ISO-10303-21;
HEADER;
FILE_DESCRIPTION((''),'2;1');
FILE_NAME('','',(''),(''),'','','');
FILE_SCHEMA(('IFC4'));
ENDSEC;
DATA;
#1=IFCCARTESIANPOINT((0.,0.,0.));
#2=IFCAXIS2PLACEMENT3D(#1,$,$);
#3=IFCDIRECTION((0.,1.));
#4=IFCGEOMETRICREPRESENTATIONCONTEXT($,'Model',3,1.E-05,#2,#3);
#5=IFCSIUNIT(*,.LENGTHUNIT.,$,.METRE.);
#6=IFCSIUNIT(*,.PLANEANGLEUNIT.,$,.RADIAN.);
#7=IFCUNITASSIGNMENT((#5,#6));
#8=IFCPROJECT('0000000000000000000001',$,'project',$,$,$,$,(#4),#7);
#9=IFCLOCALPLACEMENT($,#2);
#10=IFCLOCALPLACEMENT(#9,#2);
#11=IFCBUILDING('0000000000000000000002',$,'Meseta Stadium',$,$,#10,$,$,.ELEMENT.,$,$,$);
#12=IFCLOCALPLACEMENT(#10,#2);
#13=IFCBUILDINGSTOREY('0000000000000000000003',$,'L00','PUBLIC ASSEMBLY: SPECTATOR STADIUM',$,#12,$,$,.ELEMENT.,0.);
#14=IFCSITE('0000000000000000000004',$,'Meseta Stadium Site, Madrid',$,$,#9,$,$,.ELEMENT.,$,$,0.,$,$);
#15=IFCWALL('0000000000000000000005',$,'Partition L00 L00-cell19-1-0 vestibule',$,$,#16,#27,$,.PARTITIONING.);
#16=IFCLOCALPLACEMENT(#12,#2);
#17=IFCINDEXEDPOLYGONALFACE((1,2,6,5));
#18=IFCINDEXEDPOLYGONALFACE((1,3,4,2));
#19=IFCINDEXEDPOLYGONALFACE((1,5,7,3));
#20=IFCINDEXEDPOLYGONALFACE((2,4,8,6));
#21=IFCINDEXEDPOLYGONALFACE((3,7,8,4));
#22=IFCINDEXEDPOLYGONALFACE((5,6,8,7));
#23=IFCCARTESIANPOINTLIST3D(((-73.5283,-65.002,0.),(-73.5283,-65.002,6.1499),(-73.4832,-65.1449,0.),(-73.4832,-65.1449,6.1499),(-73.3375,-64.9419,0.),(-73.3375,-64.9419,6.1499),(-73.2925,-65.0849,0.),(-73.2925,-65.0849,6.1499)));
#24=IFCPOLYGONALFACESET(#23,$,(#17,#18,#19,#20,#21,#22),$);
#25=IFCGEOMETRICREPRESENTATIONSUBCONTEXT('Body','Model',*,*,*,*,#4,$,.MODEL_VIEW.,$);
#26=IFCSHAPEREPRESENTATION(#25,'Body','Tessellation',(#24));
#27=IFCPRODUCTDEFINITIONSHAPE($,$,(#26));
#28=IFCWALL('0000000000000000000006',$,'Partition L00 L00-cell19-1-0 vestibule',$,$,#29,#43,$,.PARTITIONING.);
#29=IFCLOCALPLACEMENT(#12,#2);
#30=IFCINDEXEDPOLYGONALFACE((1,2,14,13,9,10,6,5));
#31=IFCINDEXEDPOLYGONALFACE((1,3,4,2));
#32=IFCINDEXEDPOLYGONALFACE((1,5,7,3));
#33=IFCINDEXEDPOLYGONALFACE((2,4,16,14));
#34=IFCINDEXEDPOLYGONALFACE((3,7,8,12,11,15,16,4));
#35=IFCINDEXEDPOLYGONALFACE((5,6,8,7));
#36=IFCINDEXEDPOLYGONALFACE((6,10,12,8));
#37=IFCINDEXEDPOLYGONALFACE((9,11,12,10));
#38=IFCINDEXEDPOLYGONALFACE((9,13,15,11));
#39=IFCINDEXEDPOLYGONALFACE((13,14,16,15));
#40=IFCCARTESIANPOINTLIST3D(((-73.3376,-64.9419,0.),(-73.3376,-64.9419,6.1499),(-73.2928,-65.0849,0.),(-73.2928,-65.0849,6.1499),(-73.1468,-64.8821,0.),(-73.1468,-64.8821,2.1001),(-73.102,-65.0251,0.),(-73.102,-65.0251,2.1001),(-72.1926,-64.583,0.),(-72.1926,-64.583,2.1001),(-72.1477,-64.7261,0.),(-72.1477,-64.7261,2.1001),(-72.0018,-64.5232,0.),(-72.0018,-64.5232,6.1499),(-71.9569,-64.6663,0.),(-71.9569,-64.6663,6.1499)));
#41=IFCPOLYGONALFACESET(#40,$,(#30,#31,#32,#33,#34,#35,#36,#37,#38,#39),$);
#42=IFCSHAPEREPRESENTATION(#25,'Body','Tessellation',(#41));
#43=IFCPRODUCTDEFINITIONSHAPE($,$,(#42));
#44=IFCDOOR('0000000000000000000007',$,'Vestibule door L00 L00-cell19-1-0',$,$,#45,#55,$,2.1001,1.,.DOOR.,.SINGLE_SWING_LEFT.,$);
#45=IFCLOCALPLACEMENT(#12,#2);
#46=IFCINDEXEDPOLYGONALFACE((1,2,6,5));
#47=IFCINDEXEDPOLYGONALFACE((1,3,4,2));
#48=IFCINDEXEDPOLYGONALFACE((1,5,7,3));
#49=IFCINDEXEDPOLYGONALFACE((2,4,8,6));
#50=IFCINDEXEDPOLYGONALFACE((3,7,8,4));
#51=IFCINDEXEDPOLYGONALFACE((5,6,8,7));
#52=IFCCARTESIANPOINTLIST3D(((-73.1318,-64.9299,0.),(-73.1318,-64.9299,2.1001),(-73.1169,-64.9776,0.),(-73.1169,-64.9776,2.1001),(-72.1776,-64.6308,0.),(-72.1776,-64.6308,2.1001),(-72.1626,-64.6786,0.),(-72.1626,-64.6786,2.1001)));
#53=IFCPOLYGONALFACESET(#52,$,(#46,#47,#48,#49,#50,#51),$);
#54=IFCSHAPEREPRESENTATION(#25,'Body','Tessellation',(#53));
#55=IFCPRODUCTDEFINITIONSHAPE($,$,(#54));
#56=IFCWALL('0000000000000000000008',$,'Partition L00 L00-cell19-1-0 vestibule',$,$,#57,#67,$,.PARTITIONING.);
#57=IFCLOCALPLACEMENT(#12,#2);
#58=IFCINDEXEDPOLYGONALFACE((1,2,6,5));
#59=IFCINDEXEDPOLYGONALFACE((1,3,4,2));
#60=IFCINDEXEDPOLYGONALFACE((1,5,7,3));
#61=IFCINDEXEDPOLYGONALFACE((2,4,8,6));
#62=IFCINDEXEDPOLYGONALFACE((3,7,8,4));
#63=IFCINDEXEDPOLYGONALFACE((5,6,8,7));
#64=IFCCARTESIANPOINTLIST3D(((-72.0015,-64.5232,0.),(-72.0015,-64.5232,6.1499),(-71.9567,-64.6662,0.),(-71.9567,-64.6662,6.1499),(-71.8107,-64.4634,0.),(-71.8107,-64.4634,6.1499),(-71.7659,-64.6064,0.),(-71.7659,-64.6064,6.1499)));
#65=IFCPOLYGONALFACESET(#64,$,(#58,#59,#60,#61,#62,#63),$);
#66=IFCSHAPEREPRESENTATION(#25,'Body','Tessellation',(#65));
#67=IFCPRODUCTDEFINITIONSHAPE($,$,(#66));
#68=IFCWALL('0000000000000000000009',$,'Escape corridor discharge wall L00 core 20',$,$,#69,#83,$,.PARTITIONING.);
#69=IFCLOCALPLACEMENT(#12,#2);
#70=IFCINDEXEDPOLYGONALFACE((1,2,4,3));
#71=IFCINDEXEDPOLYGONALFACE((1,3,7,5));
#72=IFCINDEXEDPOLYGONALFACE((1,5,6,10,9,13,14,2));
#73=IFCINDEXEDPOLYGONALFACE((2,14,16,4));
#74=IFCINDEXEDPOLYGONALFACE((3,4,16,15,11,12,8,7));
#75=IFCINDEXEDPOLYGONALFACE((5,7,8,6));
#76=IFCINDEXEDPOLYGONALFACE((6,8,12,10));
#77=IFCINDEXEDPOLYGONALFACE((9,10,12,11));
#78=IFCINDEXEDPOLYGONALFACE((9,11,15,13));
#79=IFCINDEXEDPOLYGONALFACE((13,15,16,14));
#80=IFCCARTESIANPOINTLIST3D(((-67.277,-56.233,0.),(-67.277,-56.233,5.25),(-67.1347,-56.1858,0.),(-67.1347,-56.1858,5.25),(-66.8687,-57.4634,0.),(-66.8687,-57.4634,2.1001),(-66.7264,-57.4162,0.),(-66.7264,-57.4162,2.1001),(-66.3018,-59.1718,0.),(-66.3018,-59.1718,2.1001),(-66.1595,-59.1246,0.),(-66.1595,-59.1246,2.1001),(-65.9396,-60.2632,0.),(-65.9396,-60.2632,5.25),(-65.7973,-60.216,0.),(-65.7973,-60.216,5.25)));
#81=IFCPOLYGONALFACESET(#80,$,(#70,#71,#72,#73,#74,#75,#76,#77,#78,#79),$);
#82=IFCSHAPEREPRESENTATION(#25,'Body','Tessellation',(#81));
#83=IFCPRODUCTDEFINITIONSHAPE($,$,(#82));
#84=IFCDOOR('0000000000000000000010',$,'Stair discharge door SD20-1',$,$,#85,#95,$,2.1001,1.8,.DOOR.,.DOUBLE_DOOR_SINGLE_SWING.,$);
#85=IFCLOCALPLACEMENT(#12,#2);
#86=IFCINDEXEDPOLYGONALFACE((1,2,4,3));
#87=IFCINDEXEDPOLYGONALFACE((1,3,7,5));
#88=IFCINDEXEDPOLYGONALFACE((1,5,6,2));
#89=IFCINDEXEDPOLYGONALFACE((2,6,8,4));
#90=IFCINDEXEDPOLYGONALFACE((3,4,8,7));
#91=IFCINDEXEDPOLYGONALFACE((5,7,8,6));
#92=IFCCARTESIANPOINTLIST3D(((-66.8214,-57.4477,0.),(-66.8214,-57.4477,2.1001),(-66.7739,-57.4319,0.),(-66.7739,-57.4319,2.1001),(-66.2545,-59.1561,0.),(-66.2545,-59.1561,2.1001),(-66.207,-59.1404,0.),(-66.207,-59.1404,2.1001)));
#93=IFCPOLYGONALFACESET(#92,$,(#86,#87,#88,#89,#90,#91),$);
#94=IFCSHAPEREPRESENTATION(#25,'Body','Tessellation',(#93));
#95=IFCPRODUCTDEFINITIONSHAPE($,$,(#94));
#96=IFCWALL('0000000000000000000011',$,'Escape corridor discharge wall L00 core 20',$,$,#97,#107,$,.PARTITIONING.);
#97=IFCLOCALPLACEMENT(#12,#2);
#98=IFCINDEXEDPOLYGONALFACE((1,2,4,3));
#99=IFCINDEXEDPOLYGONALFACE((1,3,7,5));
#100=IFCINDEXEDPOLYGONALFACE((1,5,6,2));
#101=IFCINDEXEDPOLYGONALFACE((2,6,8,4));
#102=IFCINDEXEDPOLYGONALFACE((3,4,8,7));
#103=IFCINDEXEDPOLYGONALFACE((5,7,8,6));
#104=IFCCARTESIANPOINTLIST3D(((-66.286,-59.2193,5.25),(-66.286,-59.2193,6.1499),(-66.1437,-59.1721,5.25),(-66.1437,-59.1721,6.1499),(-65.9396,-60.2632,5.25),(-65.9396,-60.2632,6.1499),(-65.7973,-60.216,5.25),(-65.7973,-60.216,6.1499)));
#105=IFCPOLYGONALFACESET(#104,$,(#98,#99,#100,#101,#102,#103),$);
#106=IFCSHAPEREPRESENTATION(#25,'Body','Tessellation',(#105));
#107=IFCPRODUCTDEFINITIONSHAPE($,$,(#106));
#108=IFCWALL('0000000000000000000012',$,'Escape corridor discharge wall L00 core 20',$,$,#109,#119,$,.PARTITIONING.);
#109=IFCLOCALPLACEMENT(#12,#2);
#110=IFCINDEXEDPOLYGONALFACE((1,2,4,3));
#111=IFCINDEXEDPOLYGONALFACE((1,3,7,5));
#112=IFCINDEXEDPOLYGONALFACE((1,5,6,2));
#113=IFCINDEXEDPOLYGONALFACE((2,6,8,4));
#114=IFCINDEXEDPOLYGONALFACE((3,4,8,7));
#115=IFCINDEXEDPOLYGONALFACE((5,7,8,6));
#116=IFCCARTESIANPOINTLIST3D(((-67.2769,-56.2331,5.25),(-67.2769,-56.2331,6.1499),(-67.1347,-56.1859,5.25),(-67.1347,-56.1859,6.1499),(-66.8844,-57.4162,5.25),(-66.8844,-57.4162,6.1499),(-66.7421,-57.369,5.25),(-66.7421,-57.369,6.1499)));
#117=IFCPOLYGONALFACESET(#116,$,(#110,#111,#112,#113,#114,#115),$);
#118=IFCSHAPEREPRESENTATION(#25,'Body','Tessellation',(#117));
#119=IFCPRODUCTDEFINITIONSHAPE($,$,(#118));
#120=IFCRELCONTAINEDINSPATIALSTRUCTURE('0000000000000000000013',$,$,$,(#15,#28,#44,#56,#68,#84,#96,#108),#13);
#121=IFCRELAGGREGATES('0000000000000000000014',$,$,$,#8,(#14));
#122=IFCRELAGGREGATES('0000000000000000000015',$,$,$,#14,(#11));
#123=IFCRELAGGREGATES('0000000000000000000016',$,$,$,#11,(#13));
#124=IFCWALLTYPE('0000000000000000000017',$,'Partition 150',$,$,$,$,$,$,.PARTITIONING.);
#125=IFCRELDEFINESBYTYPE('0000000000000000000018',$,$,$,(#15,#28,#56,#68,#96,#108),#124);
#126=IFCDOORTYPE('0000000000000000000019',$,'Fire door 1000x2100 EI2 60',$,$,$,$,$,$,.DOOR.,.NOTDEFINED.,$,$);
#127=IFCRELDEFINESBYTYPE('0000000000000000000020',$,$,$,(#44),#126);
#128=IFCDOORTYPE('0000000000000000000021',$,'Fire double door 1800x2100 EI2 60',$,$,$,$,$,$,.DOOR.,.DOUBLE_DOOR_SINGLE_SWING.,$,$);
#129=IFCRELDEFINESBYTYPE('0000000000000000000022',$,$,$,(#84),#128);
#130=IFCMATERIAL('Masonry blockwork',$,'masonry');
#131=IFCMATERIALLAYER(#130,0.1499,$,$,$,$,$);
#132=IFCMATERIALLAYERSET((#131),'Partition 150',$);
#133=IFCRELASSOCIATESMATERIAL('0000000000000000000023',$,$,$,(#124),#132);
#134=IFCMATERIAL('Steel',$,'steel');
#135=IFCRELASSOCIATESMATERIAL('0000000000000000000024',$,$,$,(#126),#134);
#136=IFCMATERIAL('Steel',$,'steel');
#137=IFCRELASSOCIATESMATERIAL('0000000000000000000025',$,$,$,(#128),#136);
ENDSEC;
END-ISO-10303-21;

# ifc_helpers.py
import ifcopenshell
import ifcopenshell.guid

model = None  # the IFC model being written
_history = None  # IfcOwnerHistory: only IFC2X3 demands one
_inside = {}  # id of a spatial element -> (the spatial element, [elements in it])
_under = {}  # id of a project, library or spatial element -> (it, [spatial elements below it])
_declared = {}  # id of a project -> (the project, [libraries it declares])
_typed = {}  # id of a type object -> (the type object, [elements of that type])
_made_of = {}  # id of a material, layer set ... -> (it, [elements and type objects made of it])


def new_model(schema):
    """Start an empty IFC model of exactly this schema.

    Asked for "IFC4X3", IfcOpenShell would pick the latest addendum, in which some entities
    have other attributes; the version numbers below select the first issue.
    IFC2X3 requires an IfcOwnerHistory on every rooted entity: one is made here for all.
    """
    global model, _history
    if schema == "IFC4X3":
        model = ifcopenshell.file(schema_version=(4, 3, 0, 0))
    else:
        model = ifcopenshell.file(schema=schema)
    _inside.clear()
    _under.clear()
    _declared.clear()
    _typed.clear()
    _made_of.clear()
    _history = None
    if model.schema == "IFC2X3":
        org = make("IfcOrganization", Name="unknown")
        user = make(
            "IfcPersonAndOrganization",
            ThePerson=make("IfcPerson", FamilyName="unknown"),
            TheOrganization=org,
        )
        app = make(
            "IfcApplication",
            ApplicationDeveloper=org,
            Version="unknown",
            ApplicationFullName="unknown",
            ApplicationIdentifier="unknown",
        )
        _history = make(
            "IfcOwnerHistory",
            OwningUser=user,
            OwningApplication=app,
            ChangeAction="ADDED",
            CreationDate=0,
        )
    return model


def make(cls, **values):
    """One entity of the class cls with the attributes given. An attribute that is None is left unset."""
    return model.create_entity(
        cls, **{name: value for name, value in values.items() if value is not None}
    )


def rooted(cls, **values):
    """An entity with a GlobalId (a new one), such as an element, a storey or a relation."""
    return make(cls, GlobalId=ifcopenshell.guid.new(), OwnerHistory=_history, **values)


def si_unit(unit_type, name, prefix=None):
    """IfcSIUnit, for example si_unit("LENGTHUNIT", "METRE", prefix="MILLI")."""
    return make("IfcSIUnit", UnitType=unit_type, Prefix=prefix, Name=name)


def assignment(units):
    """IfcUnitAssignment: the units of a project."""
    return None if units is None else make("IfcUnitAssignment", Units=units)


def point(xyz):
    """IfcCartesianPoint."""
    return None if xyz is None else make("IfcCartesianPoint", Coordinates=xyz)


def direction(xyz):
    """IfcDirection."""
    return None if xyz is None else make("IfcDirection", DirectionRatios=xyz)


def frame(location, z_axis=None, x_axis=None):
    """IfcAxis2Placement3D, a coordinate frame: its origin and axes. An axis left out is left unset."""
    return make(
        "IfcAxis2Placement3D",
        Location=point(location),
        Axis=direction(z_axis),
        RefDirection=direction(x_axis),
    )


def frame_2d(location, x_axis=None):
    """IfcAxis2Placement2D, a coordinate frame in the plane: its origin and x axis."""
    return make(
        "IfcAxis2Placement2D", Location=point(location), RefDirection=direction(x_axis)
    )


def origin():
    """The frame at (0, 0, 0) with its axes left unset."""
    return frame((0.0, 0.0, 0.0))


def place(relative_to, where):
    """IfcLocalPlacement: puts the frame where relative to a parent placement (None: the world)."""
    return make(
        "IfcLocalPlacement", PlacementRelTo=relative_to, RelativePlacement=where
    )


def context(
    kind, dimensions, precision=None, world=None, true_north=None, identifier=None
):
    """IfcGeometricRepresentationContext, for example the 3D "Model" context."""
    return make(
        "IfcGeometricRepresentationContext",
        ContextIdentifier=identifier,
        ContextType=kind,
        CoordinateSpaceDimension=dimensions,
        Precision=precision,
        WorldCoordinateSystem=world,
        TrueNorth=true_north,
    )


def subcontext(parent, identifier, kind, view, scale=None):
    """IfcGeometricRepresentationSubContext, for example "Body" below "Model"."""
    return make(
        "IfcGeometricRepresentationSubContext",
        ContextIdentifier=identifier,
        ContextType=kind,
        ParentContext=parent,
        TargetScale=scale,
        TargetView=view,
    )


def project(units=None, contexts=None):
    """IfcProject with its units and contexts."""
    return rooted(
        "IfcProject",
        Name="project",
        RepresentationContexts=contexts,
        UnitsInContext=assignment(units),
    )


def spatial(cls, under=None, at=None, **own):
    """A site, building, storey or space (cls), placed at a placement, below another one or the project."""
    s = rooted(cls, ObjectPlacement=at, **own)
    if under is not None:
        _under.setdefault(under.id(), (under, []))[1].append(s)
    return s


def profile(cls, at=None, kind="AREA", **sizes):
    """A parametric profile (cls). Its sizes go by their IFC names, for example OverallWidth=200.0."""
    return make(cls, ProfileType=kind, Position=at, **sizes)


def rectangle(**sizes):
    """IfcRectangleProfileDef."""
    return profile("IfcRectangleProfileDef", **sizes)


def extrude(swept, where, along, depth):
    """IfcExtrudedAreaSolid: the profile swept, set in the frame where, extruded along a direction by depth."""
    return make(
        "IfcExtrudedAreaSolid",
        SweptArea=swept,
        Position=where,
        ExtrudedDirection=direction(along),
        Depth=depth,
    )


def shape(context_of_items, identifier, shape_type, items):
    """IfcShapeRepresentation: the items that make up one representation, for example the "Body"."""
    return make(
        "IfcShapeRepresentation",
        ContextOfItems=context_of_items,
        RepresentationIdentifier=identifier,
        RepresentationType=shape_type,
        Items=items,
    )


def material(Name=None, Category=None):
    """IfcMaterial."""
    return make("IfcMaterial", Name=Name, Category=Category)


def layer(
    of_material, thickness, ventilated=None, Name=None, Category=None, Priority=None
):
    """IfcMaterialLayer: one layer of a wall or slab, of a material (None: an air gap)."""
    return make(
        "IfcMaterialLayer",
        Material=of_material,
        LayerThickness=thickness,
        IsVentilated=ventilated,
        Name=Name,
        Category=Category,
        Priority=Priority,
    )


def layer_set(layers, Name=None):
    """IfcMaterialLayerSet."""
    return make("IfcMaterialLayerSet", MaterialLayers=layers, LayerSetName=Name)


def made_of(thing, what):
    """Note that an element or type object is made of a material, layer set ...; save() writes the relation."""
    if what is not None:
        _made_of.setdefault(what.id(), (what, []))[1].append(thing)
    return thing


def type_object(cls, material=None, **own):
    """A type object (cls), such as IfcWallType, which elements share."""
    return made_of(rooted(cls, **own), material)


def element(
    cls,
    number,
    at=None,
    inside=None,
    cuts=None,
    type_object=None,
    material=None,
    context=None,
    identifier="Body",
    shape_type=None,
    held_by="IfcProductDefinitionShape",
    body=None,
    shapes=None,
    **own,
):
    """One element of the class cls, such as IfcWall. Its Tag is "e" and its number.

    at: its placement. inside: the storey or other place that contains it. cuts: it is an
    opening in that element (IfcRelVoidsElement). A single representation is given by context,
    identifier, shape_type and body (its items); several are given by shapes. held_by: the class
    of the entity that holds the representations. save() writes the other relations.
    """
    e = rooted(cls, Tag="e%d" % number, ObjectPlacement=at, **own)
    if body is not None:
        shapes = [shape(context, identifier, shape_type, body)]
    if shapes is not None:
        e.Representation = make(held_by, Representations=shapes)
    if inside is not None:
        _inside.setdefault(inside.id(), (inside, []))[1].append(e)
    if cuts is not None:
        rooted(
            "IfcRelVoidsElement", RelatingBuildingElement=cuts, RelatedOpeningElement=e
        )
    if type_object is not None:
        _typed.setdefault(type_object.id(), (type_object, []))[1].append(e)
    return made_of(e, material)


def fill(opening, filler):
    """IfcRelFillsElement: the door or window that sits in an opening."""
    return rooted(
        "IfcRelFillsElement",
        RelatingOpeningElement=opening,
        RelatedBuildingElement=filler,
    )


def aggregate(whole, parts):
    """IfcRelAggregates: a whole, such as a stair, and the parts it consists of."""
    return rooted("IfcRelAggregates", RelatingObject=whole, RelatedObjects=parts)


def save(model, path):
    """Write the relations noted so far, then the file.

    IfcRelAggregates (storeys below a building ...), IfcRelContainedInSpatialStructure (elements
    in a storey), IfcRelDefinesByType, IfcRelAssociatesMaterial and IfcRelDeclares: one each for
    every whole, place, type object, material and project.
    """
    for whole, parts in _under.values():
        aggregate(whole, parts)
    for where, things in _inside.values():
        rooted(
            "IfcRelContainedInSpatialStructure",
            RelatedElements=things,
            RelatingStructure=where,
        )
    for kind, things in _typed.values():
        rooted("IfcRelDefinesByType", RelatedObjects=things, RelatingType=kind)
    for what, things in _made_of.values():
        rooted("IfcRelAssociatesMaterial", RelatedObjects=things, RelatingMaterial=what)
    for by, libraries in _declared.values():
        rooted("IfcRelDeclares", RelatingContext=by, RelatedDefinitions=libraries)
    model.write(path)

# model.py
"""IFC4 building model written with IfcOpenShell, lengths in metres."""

from ifc_helpers import new_model, si_unit, direction, frame, frame_2d, origin, place, context, subcontext, project, spatial, rectangle, extrude, material, layer, layer_set, type_object, element, fill, save


model = new_model("IFC4")

# Units and contexts
model_context = context("Model", 3, precision=1e-05, world=origin(), true_north=direction((0.0, 1.0)))
body_context = subcontext(model_context, "Body", "Model", "MODEL_VIEW")
ifc_project = project(units=[si_unit("LENGTHUNIT", "METRE"), si_unit("PLANEANGLEUNIT", "RADIAN")], contexts=[model_context])

# Site, building, storey
site_placement = place(None, origin())
site = spatial("IfcSite", under=ifc_project, at=site_placement, Name="Meseta Stadium Site, Madrid", CompositionType="ELEMENT", RefElevation=0.0)
building_placement = place(site_placement, origin())
building = spatial("IfcBuilding", under=site, at=building_placement, Name="Meseta Stadium", CompositionType="ELEMENT")
storey_placement = place(building_placement, origin())
storey = spatial("IfcBuildingStorey", under=building, at=storey_placement, Name="L00", Description="PUBLIC ASSEMBLY: SPECTATOR STADIUM", CompositionType="ELEMENT", Elevation=0.0)

# Wall
ifc_material_1 = material(Name="Masonry blockwork", Category="masonry")
ifc_layer = layer(ifc_material_1, 0.1499)
ifc_layer_set = layer_set([ifc_layer], Name="Partition 150")
wall_type = type_object("IfcWallType", Name="Partition 150", PredefinedType="PARTITIONING", material=ifc_layer_set)
wall_1_placement = place(storey_placement, frame((-73.5059, -65.0735, 0.0), z_axis=(0.0, 0.0, 1.0), x_axis=(0.953804, 0.30043, 0.0)))
element("IfcWall", 1, at=wall_1_placement, inside=storey, type_object=wall_type, Name="Partition L00 L00-cell19-1-0 vestibule", PredefinedType="PARTITIONING", context=body_context, shape_type="SweptSolid", body=[
    extrude(rectangle(XDim=0.2, YDim=0.1499, at=frame_2d((0.1001, 0.0))), origin(), (0.0, 0.0, 1.0), 6.1499),
])

# Wall, opening, door
wall_2_placement = place(storey_placement, frame((-73.3152, -65.0134, 0.0), z_axis=(0.0, 0.0, 1.0), x_axis=(0.954231, 0.299069, 0.0)))
wall_2 = element("IfcWall", 2, at=wall_2_placement, inside=storey, type_object=wall_type, Name="Partition L00 L00-cell19-1-0 vestibule", PredefinedType="PARTITIONING", context=body_context, shape_type="SweptSolid", body=[
    extrude(rectangle(XDim=1.3999, YDim=0.1499, at=frame_2d((0.7, 0.0))), origin(), (0.0, 0.0, 1.0), 6.1499),
])
opening_1_placement = place(wall_2_placement, frame((0.2, 0.0, 0.0)))
opening_1 = element("IfcOpeningElement", 3, at=opening_1_placement, cuts=wall_2, PredefinedType="OPENING", context=body_context, shape_type="SweptSolid", body=[
    extrude(rectangle(XDim=1.0, YDim=2.1001, at=frame_2d((0.5, 1.05))), frame((0.0, 0.085, 0.0), z_axis=(0.0, -1.0, 0.0), x_axis=(1.0, 0.0, 0.0)), (0.0, 0.0, 1.0), 0.1699),
])
ifc_material_2 = material(Name="Steel", Category="steel")
door_type_1 = type_object("IfcDoorType", Name="Fire door 1000x2100 EI2 60", OperationType="NOTDEFINED", PredefinedType="DOOR", material=ifc_material_2)
door_1_placement = place(opening_1_placement, origin())
door_1 = element("IfcDoor", 4, at=door_1_placement, inside=storey, type_object=door_type_1, Name="Vestibule door L00 L00-cell19-1-0", OperationType="SINGLE_SWING_LEFT", OverallHeight=2.1001, OverallWidth=1.0, PredefinedType="DOOR", context=body_context, shape_type="SweptSolid", body=[
    extrude(rectangle(XDim=1.0, YDim=2.1001, at=frame_2d((0.5, 1.05))), frame((0.0, 0.0249, 0.0), z_axis=(0.0, -1.0, 0.0), x_axis=(1.0, 0.0, 0.0)), (0.0, 0.0, 1.0), 0.05),
])
fill(opening_1, door_1)

# Wall
wall_3_placement = place(storey_placement, frame((-71.9792, -64.5947, 0.0), z_axis=(0.0, 0.0, 1.0), x_axis=(0.954263, 0.29897, 0.0)))
element("IfcWall", 5, at=wall_3_placement, inside=storey, type_object=wall_type, Name="Partition L00 L00-cell19-1-0 vestibule", PredefinedType="PARTITIONING", context=body_context, shape_type="SweptSolid", body=[
    extrude(rectangle(XDim=0.2, YDim=0.1499, at=frame_2d((0.1001, 0.0))), origin(), (0.0, 0.0, 1.0), 6.1499),
])

# Wall, opening, door
wall_4_placement = place(storey_placement, frame((-67.2058, -56.2095, 0.0), z_axis=(0.0, 0.0, 1.0), x_axis=(0.314951, -0.949108, 0.0)))
wall_4 = element("IfcWall", 6, at=wall_4_placement, inside=storey, type_object=wall_type, Name="Escape corridor discharge wall L00 core 20", PredefinedType="PARTITIONING", context=body_context, shape_type="SweptSolid", body=[
    extrude(rectangle(XDim=4.2463, YDim=0.1499, at=frame_2d((2.123, 0.0))), origin(), (0.0, 0.0, 1.0), 5.25),
])
opening_2_placement = place(wall_4_placement, frame((1.2964, 0.0, 0.0)))
opening_2 = element("IfcOpeningElement", 7, at=opening_2_placement, cuts=wall_4, PredefinedType="OPENING", context=body_context, shape_type="SweptSolid", body=[
    extrude(rectangle(XDim=1.8, YDim=2.1001, at=frame_2d((0.8999, 1.05))), frame((0.0, 0.085, 0.0), z_axis=(0.0, -1.0, 0.0), x_axis=(1.0, 0.0, 0.0)), (0.0, 0.0, 1.0), 0.1699),
])
ifc_material_3 = material(Name="Steel", Category="steel")
door_type_2 = type_object("IfcDoorType", Name="Fire double door 1800x2100 EI2 60", OperationType="DOUBLE_DOOR_SINGLE_SWING", PredefinedType="DOOR", material=ifc_material_3)
door_2_placement = place(opening_2_placement, origin())
door_2 = element("IfcDoor", 8, at=door_2_placement, inside=storey, type_object=door_type_2, Name="Stair discharge door SD20-1", OperationType="DOUBLE_DOOR_SINGLE_SWING", OverallHeight=2.1001, OverallWidth=1.8, PredefinedType="DOOR", context=body_context, shape_type="SweptSolid", body=[
    extrude(rectangle(XDim=1.8, YDim=2.1001, at=frame_2d((0.8999, 1.05))), frame((0.0, 0.0249, 0.0), z_axis=(0.0, -1.0, 0.0), x_axis=(1.0, 0.0, 0.0)), (0.0, 0.0, 1.0), 0.05),
])
fill(opening_2, door_2)

# Walls
wall_5_placement = place(storey_placement, frame((-66.2148, -59.1958, 5.25), z_axis=(0.0, 0.0, 1.0), x_axis=(0.314962, -0.949104, 0.0)))
element("IfcWall", 9, at=wall_5_placement, inside=storey, type_object=wall_type, Name="Escape corridor discharge wall L00 core 20", PredefinedType="PARTITIONING", context=body_context, shape_type="SweptSolid", body=[
    extrude(rectangle(XDim=1.0999, YDim=0.1499, at=frame_2d((0.5498, 0.0))), origin(), (0.0, 0.0, 1.0), 0.8999),
])
wall_6_placement = place(storey_placement, frame((-67.2058, -56.2095, 5.25), z_axis=(0.0, 0.0, 1.0), x_axis=(0.314935, -0.949113, 0.0)))
element("IfcWall", 10, at=wall_6_placement, inside=storey, type_object=wall_type, Name="Escape corridor discharge wall L00 core 20", PredefinedType="PARTITIONING", context=body_context, shape_type="SweptSolid", body=[
    extrude(rectangle(XDim=1.2466, YDim=0.1499, at=frame_2d((0.6233, 0.0))), origin(), (0.0, 0.0, 1.0), 0.8999),
])

save(model, "model.ifc")
